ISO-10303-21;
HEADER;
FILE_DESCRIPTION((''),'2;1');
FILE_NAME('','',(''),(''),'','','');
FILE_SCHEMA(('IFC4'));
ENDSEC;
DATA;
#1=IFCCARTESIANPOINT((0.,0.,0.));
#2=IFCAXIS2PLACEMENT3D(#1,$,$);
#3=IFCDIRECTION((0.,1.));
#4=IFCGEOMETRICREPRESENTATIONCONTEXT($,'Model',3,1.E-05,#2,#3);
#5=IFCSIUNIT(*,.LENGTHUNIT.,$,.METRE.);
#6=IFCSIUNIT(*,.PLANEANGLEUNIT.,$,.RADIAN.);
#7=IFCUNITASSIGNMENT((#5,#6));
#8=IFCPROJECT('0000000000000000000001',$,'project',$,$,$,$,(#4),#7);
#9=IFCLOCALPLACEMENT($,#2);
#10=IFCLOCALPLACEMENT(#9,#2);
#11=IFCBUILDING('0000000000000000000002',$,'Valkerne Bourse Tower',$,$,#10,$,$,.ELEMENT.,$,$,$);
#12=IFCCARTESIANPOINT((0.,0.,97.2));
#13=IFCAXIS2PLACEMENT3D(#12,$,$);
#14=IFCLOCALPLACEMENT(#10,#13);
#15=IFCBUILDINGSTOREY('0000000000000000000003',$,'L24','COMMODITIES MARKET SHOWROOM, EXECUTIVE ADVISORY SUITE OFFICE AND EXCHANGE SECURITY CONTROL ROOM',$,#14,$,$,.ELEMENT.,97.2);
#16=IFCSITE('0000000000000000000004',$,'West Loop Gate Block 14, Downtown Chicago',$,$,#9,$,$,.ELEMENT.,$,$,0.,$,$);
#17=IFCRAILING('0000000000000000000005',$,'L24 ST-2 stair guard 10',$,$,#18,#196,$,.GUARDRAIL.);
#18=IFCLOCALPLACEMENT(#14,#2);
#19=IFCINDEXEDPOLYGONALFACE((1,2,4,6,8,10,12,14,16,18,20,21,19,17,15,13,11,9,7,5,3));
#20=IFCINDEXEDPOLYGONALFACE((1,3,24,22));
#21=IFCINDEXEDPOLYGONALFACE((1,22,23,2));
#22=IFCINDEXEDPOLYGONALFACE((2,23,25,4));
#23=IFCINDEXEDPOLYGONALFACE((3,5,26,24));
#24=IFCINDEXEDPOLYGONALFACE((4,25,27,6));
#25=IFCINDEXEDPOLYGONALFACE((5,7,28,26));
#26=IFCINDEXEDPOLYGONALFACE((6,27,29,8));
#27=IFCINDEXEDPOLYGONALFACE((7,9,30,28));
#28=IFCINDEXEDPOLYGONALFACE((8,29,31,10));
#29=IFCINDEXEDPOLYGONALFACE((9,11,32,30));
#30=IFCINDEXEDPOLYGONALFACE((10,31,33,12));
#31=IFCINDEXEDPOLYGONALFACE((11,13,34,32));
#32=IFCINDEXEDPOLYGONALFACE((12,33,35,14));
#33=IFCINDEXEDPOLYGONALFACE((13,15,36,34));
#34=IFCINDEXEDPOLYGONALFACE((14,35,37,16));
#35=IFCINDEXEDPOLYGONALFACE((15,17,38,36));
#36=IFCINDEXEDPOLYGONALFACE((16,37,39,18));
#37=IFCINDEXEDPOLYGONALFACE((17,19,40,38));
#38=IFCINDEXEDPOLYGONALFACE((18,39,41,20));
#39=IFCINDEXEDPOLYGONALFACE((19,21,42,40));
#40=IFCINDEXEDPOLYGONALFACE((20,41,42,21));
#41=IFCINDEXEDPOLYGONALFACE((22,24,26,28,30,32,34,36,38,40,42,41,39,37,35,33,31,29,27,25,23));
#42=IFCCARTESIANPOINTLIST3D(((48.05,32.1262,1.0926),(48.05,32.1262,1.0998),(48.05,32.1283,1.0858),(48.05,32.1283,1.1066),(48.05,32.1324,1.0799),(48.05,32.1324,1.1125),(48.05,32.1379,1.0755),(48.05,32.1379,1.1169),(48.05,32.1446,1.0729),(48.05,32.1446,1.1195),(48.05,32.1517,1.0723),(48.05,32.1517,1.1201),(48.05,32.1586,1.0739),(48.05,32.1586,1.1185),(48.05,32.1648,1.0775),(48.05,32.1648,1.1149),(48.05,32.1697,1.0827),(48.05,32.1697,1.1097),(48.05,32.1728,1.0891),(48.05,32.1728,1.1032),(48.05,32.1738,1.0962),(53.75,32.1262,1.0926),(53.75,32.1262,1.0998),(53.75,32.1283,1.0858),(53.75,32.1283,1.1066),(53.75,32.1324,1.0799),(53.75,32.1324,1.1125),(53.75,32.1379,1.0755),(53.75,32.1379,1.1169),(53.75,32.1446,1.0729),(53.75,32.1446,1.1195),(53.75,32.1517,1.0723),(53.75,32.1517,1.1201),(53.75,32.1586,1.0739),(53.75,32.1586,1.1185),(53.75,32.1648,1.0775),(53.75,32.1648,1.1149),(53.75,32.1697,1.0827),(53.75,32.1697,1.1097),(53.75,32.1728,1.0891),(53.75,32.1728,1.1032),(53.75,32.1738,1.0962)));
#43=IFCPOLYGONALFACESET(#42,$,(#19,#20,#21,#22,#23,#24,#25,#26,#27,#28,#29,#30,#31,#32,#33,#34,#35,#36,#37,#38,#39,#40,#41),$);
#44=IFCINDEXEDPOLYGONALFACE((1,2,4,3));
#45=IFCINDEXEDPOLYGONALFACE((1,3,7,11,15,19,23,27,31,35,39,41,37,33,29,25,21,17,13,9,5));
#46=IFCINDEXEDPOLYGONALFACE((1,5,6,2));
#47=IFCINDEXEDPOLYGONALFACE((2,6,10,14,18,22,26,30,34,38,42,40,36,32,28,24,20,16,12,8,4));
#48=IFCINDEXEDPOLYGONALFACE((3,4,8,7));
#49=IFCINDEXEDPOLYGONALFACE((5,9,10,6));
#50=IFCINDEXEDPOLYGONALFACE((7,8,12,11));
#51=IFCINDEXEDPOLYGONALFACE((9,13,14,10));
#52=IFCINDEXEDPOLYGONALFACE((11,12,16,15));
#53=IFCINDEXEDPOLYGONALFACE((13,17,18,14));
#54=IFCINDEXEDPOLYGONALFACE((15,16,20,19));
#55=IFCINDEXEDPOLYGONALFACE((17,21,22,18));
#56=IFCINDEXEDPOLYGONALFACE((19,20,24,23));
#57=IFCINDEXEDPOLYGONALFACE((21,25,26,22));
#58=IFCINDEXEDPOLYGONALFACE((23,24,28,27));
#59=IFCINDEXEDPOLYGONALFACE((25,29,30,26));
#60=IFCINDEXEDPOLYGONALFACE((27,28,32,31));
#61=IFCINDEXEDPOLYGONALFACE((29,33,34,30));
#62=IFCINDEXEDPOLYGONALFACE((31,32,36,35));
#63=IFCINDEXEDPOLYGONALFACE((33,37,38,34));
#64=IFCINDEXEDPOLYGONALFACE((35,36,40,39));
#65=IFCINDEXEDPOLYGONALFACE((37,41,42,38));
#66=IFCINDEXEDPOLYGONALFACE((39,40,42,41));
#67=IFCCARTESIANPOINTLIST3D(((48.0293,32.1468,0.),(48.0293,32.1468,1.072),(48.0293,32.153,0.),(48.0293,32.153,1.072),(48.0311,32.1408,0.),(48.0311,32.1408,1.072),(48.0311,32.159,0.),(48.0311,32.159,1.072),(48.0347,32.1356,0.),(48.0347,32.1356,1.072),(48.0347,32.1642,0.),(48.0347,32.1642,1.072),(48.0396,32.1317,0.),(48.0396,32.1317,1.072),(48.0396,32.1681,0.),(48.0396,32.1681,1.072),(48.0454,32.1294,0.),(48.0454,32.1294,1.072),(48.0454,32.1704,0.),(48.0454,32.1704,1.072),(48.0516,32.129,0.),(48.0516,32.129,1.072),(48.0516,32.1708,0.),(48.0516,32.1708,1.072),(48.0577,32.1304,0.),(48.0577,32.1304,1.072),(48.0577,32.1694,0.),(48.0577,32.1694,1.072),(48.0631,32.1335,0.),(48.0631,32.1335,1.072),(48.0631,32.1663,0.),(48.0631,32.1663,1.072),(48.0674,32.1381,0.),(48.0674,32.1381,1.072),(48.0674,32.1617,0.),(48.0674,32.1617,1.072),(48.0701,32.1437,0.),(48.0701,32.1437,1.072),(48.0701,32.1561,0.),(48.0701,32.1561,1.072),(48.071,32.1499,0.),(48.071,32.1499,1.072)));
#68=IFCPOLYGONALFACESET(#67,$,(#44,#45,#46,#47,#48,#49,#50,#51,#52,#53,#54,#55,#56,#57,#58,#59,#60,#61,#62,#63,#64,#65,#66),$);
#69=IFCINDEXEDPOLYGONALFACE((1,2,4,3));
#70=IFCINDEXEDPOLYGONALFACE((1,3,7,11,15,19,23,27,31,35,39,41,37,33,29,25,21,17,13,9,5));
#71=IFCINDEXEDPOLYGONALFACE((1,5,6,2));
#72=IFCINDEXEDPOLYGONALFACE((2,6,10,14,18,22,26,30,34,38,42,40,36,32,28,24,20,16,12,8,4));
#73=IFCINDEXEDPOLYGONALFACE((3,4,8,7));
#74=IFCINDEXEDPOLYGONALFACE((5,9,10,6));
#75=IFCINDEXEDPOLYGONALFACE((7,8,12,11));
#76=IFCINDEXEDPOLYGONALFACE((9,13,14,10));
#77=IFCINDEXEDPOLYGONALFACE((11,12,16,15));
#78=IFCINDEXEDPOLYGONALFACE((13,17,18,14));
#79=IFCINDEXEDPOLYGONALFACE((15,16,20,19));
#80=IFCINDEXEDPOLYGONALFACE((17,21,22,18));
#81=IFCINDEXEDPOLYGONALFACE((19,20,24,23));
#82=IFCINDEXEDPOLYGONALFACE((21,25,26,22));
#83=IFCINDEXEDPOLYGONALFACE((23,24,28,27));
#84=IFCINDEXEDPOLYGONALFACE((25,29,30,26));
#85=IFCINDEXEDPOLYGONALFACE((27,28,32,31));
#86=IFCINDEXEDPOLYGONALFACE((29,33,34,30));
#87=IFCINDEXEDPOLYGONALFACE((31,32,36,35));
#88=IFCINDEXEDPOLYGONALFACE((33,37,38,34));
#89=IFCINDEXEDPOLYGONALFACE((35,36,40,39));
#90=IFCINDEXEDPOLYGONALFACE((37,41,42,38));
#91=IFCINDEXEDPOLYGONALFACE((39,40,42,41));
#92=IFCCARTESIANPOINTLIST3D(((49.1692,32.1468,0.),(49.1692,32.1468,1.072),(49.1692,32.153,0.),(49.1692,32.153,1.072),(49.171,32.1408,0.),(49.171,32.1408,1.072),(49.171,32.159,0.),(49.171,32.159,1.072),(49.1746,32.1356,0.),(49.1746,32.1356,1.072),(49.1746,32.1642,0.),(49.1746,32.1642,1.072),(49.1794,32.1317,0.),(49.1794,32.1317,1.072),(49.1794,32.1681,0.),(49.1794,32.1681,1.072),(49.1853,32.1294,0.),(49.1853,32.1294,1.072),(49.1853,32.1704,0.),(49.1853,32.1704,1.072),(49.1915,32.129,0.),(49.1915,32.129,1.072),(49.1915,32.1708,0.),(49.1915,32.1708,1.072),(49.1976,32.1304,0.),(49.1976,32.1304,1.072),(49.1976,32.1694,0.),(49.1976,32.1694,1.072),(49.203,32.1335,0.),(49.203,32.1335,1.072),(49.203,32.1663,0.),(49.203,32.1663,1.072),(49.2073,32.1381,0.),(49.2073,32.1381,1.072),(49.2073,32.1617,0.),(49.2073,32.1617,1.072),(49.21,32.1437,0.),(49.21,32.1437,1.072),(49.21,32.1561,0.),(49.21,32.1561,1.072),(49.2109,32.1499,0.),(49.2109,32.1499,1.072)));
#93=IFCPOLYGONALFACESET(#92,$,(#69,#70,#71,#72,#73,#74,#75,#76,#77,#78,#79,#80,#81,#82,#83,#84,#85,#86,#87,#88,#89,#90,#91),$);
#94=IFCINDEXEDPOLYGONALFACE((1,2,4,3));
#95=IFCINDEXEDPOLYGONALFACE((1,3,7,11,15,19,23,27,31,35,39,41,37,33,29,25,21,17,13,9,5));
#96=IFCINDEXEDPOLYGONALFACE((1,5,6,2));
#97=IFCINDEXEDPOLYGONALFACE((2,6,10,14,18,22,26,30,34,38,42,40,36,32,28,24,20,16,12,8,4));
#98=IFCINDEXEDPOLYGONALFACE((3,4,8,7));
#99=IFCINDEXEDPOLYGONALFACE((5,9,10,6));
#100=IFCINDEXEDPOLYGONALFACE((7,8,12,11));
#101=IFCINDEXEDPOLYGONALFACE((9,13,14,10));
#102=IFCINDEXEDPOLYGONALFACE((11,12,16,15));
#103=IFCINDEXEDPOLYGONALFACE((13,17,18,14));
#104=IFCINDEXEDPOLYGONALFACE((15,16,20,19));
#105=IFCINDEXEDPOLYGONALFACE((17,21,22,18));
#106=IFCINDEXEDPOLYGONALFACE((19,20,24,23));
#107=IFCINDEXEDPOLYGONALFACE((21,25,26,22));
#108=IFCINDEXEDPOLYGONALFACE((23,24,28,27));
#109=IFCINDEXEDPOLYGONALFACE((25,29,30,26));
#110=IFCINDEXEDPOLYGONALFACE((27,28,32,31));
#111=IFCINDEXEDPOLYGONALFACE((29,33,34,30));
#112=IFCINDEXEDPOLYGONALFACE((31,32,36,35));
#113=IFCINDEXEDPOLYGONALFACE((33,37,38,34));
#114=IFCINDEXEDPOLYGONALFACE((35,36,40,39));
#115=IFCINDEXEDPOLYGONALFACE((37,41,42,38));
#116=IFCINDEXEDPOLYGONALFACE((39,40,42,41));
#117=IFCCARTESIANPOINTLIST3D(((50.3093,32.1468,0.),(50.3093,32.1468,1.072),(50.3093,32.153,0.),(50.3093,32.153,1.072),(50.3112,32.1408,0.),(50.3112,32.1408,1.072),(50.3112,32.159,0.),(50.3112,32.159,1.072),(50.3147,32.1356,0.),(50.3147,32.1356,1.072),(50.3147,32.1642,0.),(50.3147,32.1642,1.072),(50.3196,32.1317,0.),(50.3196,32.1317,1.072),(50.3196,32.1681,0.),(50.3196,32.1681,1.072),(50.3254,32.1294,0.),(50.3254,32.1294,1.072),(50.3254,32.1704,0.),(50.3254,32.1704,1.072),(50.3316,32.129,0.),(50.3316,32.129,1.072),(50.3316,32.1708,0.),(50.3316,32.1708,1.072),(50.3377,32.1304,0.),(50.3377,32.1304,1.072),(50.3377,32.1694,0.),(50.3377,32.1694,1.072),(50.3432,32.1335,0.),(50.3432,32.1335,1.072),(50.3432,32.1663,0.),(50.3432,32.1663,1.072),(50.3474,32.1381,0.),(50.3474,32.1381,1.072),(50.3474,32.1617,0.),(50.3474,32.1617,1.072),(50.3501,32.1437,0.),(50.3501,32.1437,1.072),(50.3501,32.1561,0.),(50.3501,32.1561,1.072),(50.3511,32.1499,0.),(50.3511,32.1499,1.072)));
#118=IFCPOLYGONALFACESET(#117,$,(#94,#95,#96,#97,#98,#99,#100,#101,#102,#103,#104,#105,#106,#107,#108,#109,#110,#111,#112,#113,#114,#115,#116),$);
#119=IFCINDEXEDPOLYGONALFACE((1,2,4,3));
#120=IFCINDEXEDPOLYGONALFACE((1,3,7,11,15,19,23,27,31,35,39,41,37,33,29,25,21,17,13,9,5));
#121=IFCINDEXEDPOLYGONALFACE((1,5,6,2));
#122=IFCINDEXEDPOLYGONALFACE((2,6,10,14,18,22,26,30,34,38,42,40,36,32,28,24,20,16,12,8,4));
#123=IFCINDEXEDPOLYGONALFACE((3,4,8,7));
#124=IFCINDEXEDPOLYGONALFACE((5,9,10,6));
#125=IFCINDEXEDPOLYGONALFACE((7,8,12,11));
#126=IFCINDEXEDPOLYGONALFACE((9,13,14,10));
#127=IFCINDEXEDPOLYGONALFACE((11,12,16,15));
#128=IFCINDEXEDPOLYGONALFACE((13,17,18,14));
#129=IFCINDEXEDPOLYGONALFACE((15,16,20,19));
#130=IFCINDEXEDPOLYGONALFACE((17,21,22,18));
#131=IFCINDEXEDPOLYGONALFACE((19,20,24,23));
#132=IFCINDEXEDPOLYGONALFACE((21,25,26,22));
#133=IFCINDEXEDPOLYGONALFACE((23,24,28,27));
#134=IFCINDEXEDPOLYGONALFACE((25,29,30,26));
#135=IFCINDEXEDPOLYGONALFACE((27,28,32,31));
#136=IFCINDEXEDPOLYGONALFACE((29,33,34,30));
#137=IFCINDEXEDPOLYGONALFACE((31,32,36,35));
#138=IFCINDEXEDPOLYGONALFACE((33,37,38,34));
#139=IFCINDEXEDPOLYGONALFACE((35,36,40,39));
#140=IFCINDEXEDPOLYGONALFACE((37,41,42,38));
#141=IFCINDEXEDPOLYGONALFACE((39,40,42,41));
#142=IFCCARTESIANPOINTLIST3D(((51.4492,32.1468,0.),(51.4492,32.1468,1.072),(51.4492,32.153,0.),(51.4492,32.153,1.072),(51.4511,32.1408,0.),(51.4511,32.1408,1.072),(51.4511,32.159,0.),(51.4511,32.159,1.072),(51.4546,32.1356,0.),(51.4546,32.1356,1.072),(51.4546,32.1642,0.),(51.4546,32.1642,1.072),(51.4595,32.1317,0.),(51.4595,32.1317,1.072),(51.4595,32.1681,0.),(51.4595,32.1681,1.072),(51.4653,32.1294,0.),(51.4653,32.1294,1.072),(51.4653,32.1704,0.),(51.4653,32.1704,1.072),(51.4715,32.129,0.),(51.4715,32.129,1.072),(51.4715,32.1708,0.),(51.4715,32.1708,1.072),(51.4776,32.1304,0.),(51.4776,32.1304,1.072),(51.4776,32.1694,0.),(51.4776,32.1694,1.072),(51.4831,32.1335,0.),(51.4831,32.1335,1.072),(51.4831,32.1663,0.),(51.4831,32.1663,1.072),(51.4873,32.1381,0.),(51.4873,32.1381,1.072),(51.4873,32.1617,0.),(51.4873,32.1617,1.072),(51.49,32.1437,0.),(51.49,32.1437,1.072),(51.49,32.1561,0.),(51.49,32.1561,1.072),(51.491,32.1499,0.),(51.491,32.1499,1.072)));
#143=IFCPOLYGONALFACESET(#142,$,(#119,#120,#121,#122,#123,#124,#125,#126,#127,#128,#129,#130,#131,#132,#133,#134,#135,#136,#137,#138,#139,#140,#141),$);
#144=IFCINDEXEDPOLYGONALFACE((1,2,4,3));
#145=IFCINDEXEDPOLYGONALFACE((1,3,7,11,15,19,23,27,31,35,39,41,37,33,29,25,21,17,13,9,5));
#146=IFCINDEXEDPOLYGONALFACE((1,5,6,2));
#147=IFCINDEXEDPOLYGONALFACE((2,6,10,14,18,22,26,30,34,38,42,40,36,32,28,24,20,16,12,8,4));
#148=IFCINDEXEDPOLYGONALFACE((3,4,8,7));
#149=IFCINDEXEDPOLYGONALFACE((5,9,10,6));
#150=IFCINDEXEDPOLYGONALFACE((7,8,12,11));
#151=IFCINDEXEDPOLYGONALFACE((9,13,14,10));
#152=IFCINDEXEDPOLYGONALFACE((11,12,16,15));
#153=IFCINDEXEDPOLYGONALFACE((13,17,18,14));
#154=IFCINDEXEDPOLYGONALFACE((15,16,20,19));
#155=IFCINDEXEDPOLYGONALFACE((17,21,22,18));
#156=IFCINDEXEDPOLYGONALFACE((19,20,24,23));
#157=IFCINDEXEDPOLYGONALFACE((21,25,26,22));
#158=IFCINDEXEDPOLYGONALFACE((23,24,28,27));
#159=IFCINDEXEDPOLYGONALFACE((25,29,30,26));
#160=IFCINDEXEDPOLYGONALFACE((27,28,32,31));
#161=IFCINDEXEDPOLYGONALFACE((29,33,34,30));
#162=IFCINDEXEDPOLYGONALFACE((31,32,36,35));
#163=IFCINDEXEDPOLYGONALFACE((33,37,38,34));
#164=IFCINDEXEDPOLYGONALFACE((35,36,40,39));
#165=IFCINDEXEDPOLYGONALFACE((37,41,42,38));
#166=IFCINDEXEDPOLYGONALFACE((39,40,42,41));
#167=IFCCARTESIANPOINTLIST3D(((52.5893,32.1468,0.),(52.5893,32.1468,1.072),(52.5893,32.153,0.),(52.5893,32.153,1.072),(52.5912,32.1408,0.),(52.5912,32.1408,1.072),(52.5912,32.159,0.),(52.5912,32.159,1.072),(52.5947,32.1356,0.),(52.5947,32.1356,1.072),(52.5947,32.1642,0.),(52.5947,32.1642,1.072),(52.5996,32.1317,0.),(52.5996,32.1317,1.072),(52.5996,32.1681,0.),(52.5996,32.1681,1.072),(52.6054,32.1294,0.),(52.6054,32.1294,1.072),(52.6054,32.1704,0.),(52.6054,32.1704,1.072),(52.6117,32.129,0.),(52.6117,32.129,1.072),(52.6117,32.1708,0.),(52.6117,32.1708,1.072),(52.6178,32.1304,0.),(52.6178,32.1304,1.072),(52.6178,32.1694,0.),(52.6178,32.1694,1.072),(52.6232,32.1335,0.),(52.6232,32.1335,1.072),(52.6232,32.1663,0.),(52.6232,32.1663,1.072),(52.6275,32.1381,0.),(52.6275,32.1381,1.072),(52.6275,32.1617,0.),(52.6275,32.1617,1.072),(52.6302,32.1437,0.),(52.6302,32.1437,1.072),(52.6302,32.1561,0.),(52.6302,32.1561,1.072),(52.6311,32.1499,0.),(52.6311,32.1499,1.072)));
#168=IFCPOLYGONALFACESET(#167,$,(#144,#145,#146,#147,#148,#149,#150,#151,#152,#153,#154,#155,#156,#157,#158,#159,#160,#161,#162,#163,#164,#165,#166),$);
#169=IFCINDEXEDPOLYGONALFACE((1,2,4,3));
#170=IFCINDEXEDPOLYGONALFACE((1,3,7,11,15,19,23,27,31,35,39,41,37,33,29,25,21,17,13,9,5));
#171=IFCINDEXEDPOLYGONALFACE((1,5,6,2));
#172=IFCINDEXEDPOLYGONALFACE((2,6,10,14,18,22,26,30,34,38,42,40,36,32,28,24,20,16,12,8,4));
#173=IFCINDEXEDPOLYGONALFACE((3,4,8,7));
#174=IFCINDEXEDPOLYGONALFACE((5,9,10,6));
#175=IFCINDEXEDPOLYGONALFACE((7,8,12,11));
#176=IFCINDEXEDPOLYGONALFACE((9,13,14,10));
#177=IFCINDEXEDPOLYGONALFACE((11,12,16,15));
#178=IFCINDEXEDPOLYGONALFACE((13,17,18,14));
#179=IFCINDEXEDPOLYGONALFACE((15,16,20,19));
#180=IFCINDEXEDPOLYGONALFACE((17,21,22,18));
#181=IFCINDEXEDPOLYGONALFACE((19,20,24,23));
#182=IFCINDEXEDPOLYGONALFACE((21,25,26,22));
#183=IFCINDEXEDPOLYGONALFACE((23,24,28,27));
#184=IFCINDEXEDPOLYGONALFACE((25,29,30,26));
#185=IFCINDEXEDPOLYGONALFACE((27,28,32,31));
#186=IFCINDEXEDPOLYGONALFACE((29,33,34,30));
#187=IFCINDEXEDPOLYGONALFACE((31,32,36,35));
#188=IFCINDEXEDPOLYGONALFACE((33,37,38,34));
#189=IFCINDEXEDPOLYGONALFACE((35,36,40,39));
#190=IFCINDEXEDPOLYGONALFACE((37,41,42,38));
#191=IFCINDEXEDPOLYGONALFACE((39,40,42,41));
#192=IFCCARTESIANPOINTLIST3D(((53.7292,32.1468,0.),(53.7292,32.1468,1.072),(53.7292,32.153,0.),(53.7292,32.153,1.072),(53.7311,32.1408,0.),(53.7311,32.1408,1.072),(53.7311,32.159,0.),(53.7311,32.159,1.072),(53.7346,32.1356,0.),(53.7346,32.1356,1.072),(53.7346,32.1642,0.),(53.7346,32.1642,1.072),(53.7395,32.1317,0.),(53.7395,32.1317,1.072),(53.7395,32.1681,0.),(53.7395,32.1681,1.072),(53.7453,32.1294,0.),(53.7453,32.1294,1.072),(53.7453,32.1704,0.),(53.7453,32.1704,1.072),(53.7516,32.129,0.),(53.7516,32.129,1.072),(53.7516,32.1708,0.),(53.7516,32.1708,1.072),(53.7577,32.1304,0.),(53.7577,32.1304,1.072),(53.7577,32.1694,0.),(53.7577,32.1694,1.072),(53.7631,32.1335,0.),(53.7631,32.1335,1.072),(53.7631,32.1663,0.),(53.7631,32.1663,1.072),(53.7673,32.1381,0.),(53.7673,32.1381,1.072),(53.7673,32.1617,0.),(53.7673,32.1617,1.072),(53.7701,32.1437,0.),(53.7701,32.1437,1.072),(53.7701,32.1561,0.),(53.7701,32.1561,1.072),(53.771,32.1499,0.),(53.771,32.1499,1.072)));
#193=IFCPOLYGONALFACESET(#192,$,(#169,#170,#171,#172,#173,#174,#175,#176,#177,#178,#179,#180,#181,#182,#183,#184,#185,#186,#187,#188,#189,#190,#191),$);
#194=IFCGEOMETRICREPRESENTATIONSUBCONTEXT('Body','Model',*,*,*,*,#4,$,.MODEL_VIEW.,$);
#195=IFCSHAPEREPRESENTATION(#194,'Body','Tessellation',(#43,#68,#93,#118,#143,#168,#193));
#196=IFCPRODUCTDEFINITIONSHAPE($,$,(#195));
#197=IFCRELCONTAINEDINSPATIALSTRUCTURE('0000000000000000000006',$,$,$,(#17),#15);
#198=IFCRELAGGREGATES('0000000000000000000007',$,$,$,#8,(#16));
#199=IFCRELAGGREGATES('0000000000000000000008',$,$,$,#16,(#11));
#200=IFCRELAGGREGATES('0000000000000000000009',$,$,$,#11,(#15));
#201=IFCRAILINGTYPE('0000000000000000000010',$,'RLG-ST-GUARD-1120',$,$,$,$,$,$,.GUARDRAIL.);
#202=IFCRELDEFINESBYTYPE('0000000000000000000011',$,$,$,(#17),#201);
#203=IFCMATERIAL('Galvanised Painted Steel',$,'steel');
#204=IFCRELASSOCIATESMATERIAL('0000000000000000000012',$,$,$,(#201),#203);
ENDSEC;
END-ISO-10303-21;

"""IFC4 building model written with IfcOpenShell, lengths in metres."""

from ifc_helpers import new_model, si_unit, direction, frame, origin, origin_2d, place, context, subcontext, project, spatial, circle, extrude, material, type_object, element, save


model = new_model("IFC4")

# Units and contexts
model_context = context("Model", 3, precision=1e-05, world=origin(), true_north=direction((0.0, 1.0)))
body_context = subcontext(model_context, "Body", "Model", "MODEL_VIEW")
ifc_project = project(units=[si_unit("LENGTHUNIT", "METRE"), si_unit("PLANEANGLEUNIT", "RADIAN")], contexts=[model_context])

# Site, building, storey
site_placement = place(None, origin())
site = spatial("IfcSite", under=ifc_project, at=site_placement, Name="West Loop Gate Block 14, Downtown Chicago", CompositionType="ELEMENT", RefElevation=0.0)
building_placement = place(site_placement, origin())
building = spatial("IfcBuilding", under=site, at=building_placement, Name="Valkerne Bourse Tower", CompositionType="ELEMENT")
storey_placement = place(building_placement, frame((0.0, 0.0, 97.2)))
storey = spatial("IfcBuildingStorey", under=building, at=storey_placement, Name="L24", Description="COMMODITIES MARKET SHOWROOM, EXECUTIVE ADVISORY SUITE OFFICE AND EXCHANGE SECURITY CONTROL ROOM", CompositionType="ELEMENT", Elevation=97.2)

# Shared definitions
ifc_material_1 = material(Name="Galvanised Painted Steel", Category="steel")

# Railing
railing_type_1 = type_object("IfcRailingType", Name="RLG-ST-GUARD-1120", PredefinedType="GUARDRAIL", material=ifc_material_1)
for number, where, name in (
    (1, (48.05, 32.1499, 0.0), "L24 ST-2 stair guard 10"),
):
    element("IfcRailing", number, at=place(storey_placement, frame(where)), inside=storey, type_object=railing_type_1, Name=name, PredefinedType="GUARDRAIL", context=body_context, shape_type="SweptSolid", body=[
        extrude(circle(Radius=0.0239, at=origin_2d()), frame((0.0, 0.0, 1.0962), z_axis=(1.0, 0.0, 0.0), x_axis=(0.0, 1.0, 0.0)), (0.0, 0.0, 1.0), 5.7),
        extrude(circle(Radius=0.021, at=origin_2d()), origin(), (0.0, 0.0, 1.0), 1.072),
        extrude(circle(Radius=0.021, at=origin_2d()), frame((1.1399, 0.0, 0.0)), (0.0, 0.0, 1.0), 1.072),
        extrude(circle(Radius=0.021, at=origin_2d()), frame((2.28, 0.0, 0.0)), (0.0, 0.0, 1.0), 1.072),
        extrude(circle(Radius=0.021, at=origin_2d()), frame((3.4199, 0.0, 0.0)), (0.0, 0.0, 1.0), 1.072),
        extrude(circle(Radius=0.021, at=origin_2d()), frame((4.5601, 0.0, 0.0)), (0.0, 0.0, 1.0), 1.072),
        extrude(circle(Radius=0.021, at=origin_2d()), frame((5.7, 0.0, 0.0)), (0.0, 0.0, 1.0), 1.072),
    ])

save(model, "model.ifc")
